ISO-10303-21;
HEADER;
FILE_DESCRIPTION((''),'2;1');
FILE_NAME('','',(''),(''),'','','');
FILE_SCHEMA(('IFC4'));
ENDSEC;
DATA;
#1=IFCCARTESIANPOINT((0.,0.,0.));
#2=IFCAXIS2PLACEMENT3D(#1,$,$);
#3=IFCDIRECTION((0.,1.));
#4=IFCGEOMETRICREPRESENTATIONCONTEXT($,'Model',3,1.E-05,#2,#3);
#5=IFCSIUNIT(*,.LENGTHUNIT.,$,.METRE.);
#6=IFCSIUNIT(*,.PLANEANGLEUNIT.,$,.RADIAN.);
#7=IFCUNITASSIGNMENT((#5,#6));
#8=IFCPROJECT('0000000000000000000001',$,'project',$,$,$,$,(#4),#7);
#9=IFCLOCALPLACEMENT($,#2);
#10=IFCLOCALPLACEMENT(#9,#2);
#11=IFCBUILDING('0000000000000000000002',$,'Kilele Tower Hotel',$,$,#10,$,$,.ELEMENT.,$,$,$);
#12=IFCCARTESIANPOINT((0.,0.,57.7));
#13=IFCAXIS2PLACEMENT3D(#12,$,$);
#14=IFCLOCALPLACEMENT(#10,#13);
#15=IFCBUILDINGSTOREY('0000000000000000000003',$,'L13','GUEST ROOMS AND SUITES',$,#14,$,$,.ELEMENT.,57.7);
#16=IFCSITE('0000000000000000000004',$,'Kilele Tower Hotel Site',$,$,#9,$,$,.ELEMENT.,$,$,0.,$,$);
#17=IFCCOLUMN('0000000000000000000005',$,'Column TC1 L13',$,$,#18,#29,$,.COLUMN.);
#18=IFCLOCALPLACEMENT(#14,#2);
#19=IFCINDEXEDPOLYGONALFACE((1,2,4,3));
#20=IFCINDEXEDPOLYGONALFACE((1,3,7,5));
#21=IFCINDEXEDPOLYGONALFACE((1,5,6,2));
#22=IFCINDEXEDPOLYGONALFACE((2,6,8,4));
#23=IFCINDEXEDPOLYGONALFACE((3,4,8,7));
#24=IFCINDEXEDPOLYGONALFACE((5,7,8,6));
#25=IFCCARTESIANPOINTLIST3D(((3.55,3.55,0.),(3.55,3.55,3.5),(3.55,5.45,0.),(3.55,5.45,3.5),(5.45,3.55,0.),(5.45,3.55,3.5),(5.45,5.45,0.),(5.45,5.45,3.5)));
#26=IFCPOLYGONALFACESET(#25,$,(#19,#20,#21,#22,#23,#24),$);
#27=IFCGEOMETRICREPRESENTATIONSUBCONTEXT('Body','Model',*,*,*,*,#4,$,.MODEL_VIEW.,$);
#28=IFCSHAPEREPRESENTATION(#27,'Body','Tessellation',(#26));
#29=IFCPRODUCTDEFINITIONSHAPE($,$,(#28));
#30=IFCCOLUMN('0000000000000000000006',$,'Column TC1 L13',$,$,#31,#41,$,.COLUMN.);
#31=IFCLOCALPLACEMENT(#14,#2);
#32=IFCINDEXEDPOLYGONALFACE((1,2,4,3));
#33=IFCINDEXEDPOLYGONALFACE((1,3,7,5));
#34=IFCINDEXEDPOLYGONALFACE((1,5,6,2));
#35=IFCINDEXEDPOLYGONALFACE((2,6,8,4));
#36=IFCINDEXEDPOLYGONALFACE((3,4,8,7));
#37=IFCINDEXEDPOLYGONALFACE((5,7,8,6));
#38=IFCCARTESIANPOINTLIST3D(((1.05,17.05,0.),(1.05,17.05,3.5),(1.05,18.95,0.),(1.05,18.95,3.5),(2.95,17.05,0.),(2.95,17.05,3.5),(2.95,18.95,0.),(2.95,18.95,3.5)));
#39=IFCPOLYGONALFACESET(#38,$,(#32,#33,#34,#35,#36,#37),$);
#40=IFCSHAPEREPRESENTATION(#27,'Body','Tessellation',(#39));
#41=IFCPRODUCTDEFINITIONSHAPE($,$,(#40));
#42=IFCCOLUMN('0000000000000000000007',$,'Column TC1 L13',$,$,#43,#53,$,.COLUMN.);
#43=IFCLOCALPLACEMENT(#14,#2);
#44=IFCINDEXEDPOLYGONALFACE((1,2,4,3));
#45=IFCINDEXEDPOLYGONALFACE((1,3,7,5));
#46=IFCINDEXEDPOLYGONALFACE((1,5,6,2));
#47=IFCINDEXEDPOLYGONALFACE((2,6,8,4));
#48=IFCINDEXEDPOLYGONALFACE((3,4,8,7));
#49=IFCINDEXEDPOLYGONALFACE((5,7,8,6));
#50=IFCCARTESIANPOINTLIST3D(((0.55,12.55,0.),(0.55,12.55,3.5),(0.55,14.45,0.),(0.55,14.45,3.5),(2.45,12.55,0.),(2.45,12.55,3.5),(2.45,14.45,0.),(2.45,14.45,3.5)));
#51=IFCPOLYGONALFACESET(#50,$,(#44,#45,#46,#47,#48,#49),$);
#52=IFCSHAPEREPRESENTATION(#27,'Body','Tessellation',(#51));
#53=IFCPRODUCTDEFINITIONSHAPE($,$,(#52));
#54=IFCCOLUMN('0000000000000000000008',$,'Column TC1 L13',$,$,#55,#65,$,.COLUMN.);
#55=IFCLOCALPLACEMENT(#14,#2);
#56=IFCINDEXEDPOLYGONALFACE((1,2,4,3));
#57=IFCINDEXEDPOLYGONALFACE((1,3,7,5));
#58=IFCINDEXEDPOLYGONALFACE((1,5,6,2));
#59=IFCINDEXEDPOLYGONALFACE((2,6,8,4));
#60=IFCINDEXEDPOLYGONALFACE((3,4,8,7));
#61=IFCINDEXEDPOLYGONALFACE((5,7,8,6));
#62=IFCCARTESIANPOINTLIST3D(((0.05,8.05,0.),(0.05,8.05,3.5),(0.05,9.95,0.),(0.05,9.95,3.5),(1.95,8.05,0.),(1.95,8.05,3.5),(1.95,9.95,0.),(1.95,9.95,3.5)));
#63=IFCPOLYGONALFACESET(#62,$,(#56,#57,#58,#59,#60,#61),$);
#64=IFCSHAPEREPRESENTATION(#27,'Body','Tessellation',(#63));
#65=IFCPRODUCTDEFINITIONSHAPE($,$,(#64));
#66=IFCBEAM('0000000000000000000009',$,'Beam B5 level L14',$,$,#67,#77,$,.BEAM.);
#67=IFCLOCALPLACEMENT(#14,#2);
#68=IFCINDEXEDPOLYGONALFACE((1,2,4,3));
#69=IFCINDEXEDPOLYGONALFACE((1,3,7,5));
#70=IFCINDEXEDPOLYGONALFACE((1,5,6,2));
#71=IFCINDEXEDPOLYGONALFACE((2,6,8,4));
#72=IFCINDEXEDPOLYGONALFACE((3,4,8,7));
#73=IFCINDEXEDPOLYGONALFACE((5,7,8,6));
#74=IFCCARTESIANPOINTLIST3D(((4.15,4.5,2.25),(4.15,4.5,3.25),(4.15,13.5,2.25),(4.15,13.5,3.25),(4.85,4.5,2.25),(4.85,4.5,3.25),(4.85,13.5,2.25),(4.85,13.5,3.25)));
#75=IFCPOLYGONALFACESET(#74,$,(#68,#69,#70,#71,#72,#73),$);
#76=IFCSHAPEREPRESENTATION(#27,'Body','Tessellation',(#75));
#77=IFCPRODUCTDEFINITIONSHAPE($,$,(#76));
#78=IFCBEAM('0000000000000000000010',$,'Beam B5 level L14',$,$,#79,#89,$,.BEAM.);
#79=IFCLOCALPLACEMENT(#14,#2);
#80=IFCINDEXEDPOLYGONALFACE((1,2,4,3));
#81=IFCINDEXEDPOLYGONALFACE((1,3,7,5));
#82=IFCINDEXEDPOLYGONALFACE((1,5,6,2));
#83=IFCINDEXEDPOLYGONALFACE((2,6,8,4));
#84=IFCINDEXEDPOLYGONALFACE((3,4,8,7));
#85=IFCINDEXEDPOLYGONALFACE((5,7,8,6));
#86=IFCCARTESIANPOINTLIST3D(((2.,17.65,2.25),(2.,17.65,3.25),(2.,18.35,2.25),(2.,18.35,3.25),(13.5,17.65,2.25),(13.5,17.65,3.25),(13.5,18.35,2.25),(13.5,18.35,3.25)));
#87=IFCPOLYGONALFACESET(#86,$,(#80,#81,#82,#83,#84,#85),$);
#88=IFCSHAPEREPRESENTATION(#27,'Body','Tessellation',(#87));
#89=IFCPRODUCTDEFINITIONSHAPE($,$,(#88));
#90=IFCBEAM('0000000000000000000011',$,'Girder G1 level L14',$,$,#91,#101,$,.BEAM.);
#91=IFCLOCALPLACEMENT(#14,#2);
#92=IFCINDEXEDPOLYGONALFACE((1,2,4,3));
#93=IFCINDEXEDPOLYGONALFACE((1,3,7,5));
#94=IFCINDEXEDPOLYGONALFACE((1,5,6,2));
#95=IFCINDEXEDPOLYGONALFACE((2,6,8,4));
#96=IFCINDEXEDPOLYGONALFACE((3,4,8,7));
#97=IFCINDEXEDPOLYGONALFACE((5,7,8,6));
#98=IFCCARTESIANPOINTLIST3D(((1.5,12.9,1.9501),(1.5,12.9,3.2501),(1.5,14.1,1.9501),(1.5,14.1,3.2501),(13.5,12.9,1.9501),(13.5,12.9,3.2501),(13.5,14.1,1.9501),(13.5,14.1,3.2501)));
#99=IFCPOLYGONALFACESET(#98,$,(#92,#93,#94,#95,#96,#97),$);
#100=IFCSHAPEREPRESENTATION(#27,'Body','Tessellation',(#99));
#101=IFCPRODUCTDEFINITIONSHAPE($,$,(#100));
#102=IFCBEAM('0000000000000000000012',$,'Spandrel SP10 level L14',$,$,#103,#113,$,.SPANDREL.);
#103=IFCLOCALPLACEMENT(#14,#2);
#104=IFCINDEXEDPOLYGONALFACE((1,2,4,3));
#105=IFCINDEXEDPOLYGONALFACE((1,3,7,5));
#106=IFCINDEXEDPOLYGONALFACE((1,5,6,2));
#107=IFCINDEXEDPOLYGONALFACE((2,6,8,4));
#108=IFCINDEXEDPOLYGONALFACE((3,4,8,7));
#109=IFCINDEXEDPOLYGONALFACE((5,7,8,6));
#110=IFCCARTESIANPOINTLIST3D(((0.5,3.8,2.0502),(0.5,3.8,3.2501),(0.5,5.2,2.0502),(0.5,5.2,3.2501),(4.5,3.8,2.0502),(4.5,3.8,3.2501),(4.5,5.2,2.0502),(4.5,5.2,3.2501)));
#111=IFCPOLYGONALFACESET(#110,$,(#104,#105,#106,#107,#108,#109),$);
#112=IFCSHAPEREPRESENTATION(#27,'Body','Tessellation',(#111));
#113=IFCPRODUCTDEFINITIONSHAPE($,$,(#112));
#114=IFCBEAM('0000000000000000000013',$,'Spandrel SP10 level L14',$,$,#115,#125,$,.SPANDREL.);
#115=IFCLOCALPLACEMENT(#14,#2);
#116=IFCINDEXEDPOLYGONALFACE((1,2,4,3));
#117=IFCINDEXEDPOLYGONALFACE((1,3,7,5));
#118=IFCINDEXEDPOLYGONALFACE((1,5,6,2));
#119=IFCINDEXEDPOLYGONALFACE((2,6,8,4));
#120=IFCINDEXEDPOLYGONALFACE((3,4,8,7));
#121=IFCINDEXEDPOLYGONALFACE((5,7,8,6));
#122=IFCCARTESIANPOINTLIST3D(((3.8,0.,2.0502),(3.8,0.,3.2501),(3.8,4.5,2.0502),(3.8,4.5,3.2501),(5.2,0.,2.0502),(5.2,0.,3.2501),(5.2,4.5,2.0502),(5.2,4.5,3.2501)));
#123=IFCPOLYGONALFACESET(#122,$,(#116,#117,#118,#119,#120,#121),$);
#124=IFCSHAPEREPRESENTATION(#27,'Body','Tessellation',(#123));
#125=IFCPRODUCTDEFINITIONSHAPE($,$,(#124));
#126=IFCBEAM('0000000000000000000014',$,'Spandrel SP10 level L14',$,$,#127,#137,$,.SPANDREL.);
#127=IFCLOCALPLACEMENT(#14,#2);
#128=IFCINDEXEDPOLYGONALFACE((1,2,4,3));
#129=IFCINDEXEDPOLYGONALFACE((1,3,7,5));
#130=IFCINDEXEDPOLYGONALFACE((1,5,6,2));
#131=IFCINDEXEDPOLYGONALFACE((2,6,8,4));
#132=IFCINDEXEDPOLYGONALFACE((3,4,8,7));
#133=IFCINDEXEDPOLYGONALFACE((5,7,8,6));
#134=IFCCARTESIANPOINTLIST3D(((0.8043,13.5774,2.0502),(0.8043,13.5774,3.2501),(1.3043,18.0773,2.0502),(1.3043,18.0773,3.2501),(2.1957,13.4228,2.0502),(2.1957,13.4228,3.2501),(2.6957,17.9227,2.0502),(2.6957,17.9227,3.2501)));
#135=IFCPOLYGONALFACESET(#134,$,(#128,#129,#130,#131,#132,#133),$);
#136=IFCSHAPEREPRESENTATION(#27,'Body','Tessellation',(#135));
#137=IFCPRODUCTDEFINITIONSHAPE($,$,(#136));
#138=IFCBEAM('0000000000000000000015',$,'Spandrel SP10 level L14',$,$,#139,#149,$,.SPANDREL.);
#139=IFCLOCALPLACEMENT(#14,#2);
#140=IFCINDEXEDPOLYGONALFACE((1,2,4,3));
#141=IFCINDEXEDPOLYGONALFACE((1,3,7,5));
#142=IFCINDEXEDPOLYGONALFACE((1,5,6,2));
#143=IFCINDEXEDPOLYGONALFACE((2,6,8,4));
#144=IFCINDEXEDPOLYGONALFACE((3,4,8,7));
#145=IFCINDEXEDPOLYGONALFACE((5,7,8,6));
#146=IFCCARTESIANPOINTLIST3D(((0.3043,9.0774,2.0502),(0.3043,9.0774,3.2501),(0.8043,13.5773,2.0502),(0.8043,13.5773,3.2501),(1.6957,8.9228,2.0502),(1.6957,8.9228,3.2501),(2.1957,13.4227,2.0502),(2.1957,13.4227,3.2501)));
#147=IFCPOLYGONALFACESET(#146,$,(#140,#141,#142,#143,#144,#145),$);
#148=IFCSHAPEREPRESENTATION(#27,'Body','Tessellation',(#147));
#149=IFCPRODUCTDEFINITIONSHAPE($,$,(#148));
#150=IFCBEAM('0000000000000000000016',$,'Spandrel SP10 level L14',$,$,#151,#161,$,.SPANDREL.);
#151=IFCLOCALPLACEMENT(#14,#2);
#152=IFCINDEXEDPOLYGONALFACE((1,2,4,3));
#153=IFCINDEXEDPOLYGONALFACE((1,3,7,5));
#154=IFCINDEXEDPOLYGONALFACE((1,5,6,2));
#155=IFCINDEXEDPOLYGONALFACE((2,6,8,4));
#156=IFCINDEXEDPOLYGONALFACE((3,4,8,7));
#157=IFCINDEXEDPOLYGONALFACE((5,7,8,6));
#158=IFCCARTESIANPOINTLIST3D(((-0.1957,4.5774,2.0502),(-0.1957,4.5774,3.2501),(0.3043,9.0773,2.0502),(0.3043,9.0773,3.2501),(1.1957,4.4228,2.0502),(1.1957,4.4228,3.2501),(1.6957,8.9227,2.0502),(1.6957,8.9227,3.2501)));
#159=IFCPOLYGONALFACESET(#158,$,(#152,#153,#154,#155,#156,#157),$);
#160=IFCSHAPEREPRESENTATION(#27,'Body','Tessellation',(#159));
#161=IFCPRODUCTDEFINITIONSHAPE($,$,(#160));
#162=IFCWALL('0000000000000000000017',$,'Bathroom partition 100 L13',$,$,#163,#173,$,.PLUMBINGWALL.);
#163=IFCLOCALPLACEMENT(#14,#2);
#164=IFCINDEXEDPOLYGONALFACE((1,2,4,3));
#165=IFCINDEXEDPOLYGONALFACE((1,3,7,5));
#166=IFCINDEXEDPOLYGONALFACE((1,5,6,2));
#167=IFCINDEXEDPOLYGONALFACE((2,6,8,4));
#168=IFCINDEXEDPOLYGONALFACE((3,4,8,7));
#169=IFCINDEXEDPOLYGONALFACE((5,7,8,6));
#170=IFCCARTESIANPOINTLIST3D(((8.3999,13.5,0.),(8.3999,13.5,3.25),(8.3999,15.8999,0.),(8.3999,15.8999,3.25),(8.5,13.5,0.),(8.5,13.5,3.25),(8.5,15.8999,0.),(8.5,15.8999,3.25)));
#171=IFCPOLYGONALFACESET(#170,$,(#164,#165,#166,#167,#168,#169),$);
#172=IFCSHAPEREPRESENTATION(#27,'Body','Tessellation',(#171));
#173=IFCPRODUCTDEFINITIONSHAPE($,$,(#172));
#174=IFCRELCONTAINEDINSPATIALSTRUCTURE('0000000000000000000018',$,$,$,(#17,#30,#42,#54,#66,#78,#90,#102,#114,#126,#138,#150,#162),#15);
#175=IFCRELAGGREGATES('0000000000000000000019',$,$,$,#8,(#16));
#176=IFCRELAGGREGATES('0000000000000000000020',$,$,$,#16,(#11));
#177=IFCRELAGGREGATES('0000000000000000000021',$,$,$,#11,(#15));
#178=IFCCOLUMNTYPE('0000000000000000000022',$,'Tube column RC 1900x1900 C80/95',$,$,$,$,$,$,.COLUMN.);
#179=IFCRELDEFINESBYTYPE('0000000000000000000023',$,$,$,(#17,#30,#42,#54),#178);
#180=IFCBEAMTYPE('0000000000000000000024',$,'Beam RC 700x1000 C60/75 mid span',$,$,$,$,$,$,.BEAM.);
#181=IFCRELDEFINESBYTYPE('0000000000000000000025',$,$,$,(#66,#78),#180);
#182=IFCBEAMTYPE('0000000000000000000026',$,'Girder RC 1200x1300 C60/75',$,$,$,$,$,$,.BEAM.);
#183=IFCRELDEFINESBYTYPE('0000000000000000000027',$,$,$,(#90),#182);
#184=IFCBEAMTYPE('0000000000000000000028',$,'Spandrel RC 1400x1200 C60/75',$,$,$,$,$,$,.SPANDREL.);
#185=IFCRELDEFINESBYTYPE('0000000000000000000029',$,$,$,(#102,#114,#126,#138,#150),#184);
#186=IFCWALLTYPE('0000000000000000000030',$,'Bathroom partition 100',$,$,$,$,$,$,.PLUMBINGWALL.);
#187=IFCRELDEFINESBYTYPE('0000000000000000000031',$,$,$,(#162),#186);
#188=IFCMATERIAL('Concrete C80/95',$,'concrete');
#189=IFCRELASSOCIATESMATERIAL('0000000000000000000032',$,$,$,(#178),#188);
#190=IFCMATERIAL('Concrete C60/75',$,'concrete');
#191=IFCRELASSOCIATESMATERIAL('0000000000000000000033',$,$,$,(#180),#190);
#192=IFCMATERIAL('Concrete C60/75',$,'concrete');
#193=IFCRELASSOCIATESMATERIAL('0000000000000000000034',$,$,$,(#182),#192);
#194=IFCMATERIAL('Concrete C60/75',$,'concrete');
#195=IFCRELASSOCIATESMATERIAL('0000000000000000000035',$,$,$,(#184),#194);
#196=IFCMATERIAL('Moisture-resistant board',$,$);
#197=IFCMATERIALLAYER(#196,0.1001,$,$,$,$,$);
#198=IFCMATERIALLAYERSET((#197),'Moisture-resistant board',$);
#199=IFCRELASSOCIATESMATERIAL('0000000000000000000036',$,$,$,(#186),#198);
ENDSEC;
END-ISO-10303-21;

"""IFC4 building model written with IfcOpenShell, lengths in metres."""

from ifc_helpers import new_model, si_unit, direction, frame, frame_2d, origin, origin_2d, place, context, subcontext, project, spatial, rectangle, extrude, material, layer, layer_set, material_profile, profile_set, type_object, element, save


model = new_model("IFC4")

# Units and contexts
model_context = context("Model", 3, precision=1e-05, world=origin(), true_north=direction((0.0, 1.0)))
body_context = subcontext(model_context, "Body", "Model", "MODEL_VIEW")
ifc_project = project(units=[si_unit("LENGTHUNIT", "METRE"), si_unit("PLANEANGLEUNIT", "RADIAN")], contexts=[model_context])

# Site, building, storey
site_placement = place(None, origin())
site = spatial("IfcSite", under=ifc_project, at=site_placement, Name="Kilele Tower Hotel Site", CompositionType="ELEMENT", RefElevation=0.0)
building_placement = place(site_placement, origin())
building = spatial("IfcBuilding", under=site, at=building_placement, Name="Kilele Tower Hotel", CompositionType="ELEMENT")
storey_placement = place(building_placement, frame((0.0, 0.0, 57.7)))
storey = spatial("IfcBuildingStorey", under=building, at=storey_placement, Name="L13", Description="GUEST ROOMS AND SUITES", CompositionType="ELEMENT", Elevation=57.7)

# Columns
ifc_material_1 = material(Name="Concrete C80/95", Category="concrete")
ifc_material_profile_1 = material_profile(ifc_material_1, rectangle(XDim=1.8999, YDim=1.8999, at=origin_2d()))
ifc_profile_set_1 = profile_set([ifc_material_profile_1], Name="Concrete C80/95")
column_type = type_object("IfcColumnType", Name="Tube column RC 1900x1900 C80/95", PredefinedType="COLUMN", material=ifc_profile_set_1)
for number, where, z_axis, x_axis, name in (
    (1, (4.5, 4.5, 0.0), (0.0, 0.0, 1.0), (1.0, 0.0, 0.0), "Column TC1 L13"),
    (2, (2.0, 18.0, 0.0), (0.0, 0.0, 1.0), (1.0, 0.0, 0.0), "Column TC1 L13"),
    (3, (1.5, 13.5, 0.0), (0.0, 0.0, 1.0), (1.0, 0.0, 0.0), "Column TC1 L13"),
    (4, (1.0, 9.0, 0.0), (0.0, 0.0, 1.0), (1.0, 0.0, 0.0), "Column TC1 L13"),
):
    element("IfcColumn", number, at=place(storey_placement, frame(where, z_axis=z_axis, x_axis=x_axis)), inside=storey, type_object=column_type, Name=name, PredefinedType="COLUMN", context=body_context, shape_type="SweptSolid", body=[
        extrude(rectangle(XDim=1.8999, YDim=1.8999, at=origin_2d()), origin(), (0.0, 0.0, 1.0), 3.5),
    ])

# Beams
ifc_material_2 = material(Name="Concrete C60/75", Category="concrete")
ifc_material_profile_2 = material_profile(ifc_material_2, rectangle(XDim=0.7, YDim=1.0, at=origin_2d()))
ifc_profile_set_2 = profile_set([ifc_material_profile_2], Name="Concrete C60/75")
beam_type_1 = type_object("IfcBeamType", Name="Beam RC 700x1000 C60/75 mid span", PredefinedType="BEAM", material=ifc_profile_set_2)
beam_1_placement = place(storey_placement, frame((4.5, 4.5, 2.75), z_axis=(0.0, 1.0, 0.0), x_axis=(-1.0, 0.0, 0.0)))
element("IfcBeam", 5, at=beam_1_placement, inside=storey, type_object=beam_type_1, Name="Beam B5 level L14", PredefinedType="BEAM", context=body_context, shape_type="SweptSolid", body=[
    extrude(rectangle(XDim=0.7, YDim=1.0, at=origin_2d()), origin(), (0.0, 0.0, 1.0), 9.0),
])
beam_2_placement = place(storey_placement, frame((2.0, 18.0, 2.75), z_axis=(1.0, 0.0, 0.0), x_axis=(0.0, 1.0, 0.0)))
element("IfcBeam", 6, at=beam_2_placement, inside=storey, type_object=beam_type_1, Name="Beam B5 level L14", PredefinedType="BEAM", context=body_context, shape_type="SweptSolid", body=[
    extrude(rectangle(XDim=0.7, YDim=1.0, at=origin_2d()), origin(), (0.0, 0.0, 1.0), 11.5),
])
ifc_material_3 = material(Name="Concrete C60/75", Category="concrete")
ifc_material_profile_3 = material_profile(ifc_material_3, rectangle(XDim=1.2, YDim=1.3, at=origin_2d()))
ifc_profile_set_3 = profile_set([ifc_material_profile_3], Name="Concrete C60/75")
beam_type_2 = type_object("IfcBeamType", Name="Girder RC 1200x1300 C60/75", PredefinedType="BEAM", material=ifc_profile_set_3)
beam_3_placement = place(storey_placement, frame((1.5, 13.5, 2.6001), z_axis=(1.0, 0.0, 0.0), x_axis=(0.0, 1.0, 0.0)))
element("IfcBeam", 7, at=beam_3_placement, inside=storey, type_object=beam_type_2, Name="Girder G1 level L14", PredefinedType="BEAM", context=body_context, shape_type="SweptSolid", body=[
    extrude(rectangle(XDim=1.2, YDim=1.3, at=origin_2d()), origin(), (0.0, 0.0, 1.0), 12.0),
])
ifc_material_4 = material(Name="Concrete C60/75", Category="concrete")
ifc_material_profile_4 = material_profile(ifc_material_4, rectangle(XDim=1.3999, YDim=1.2, at=origin_2d()))
ifc_profile_set_4 = profile_set([ifc_material_profile_4], Name="Concrete C60/75")
beam_type_3 = type_object("IfcBeamType", Name="Spandrel RC 1400x1200 C60/75", PredefinedType="SPANDREL", material=ifc_profile_set_4)
beam_4_placement = place(storey_placement, frame((0.5, 4.5, 2.6501), z_axis=(1.0, 0.0, 0.0), x_axis=(0.0, 1.0, 0.0)))
element("IfcBeam", 8, at=beam_4_placement, inside=storey, type_object=beam_type_3, Name="Spandrel SP10 level L14", PredefinedType="SPANDREL", context=body_context, shape_type="SweptSolid", body=[
    extrude(rectangle(XDim=1.3999, YDim=1.2, at=origin_2d()), origin(), (0.0, 0.0, 1.0), 4.0),
])
beam_5_placement = place(storey_placement, frame((4.5, 4.5, 2.6501), z_axis=(0.0, -1.0, 0.0), x_axis=(1.0, 0.0, 0.0)))
element("IfcBeam", 9, at=beam_5_placement, inside=storey, type_object=beam_type_3, Name="Spandrel SP10 level L14", PredefinedType="SPANDREL", context=body_context, shape_type="SweptSolid", body=[
    extrude(rectangle(XDim=1.3999, YDim=1.2, at=origin_2d()), origin(), (0.0, 0.0, 1.0), 4.5),
])
for number, where, z_axis, x_axis, name in (
    (10, (2.0, 18.0, 2.6501), (-0.110432, -0.993884, 0.0), (0.993884, -0.110432, 0.0), "Spandrel SP10 level L14"),
    (11, (1.5, 13.5, 2.6501), (-0.110432, -0.993884, 0.0), (0.993884, -0.110432, 0.0), "Spandrel SP10 level L14"),
    (12, (1.0, 9.0, 2.6501), (-0.110432, -0.993884, 0.0), (0.993884, -0.110432, 0.0), "Spandrel SP10 level L14"),
):
    element("IfcBeam", number, at=place(storey_placement, frame(where, z_axis=z_axis, x_axis=x_axis)), inside=storey, type_object=beam_type_3, Name=name, PredefinedType="SPANDREL", context=body_context, shape_type="SweptSolid", body=[
        extrude(rectangle(XDim=1.3999, YDim=1.2, at=origin_2d()), origin(), (0.0, 0.0, 1.0), 4.5276),
    ])

# Wall
ifc_material_5 = material(Name="Moisture-resistant board")
ifc_layer_1 = layer(ifc_material_5, 0.1001)
ifc_layer_set_1 = layer_set([ifc_layer_1], Name="Moisture-resistant board")
wall_type_1 = type_object("IfcWallType", Name="Bathroom partition 100", PredefinedType="PLUMBINGWALL", material=ifc_layer_set_1)
wall_1_placement = place(storey_placement, frame((8.45, 13.5, 0.0), z_axis=(0.0, 0.0, 1.0), x_axis=(0.0, 1.0, 0.0)))
element("IfcWall", 13, at=wall_1_placement, inside=storey, type_object=wall_type_1, Name="Bathroom partition 100 L13", PredefinedType="PLUMBINGWALL", context=body_context, shape_type="SweptSolid", body=[
    extrude(rectangle(XDim=2.3999, YDim=0.1001, at=frame_2d((1.2, 0.0))), origin(), (0.0, 0.0, 1.0), 3.25),
])

save(model, "model.ifc")
